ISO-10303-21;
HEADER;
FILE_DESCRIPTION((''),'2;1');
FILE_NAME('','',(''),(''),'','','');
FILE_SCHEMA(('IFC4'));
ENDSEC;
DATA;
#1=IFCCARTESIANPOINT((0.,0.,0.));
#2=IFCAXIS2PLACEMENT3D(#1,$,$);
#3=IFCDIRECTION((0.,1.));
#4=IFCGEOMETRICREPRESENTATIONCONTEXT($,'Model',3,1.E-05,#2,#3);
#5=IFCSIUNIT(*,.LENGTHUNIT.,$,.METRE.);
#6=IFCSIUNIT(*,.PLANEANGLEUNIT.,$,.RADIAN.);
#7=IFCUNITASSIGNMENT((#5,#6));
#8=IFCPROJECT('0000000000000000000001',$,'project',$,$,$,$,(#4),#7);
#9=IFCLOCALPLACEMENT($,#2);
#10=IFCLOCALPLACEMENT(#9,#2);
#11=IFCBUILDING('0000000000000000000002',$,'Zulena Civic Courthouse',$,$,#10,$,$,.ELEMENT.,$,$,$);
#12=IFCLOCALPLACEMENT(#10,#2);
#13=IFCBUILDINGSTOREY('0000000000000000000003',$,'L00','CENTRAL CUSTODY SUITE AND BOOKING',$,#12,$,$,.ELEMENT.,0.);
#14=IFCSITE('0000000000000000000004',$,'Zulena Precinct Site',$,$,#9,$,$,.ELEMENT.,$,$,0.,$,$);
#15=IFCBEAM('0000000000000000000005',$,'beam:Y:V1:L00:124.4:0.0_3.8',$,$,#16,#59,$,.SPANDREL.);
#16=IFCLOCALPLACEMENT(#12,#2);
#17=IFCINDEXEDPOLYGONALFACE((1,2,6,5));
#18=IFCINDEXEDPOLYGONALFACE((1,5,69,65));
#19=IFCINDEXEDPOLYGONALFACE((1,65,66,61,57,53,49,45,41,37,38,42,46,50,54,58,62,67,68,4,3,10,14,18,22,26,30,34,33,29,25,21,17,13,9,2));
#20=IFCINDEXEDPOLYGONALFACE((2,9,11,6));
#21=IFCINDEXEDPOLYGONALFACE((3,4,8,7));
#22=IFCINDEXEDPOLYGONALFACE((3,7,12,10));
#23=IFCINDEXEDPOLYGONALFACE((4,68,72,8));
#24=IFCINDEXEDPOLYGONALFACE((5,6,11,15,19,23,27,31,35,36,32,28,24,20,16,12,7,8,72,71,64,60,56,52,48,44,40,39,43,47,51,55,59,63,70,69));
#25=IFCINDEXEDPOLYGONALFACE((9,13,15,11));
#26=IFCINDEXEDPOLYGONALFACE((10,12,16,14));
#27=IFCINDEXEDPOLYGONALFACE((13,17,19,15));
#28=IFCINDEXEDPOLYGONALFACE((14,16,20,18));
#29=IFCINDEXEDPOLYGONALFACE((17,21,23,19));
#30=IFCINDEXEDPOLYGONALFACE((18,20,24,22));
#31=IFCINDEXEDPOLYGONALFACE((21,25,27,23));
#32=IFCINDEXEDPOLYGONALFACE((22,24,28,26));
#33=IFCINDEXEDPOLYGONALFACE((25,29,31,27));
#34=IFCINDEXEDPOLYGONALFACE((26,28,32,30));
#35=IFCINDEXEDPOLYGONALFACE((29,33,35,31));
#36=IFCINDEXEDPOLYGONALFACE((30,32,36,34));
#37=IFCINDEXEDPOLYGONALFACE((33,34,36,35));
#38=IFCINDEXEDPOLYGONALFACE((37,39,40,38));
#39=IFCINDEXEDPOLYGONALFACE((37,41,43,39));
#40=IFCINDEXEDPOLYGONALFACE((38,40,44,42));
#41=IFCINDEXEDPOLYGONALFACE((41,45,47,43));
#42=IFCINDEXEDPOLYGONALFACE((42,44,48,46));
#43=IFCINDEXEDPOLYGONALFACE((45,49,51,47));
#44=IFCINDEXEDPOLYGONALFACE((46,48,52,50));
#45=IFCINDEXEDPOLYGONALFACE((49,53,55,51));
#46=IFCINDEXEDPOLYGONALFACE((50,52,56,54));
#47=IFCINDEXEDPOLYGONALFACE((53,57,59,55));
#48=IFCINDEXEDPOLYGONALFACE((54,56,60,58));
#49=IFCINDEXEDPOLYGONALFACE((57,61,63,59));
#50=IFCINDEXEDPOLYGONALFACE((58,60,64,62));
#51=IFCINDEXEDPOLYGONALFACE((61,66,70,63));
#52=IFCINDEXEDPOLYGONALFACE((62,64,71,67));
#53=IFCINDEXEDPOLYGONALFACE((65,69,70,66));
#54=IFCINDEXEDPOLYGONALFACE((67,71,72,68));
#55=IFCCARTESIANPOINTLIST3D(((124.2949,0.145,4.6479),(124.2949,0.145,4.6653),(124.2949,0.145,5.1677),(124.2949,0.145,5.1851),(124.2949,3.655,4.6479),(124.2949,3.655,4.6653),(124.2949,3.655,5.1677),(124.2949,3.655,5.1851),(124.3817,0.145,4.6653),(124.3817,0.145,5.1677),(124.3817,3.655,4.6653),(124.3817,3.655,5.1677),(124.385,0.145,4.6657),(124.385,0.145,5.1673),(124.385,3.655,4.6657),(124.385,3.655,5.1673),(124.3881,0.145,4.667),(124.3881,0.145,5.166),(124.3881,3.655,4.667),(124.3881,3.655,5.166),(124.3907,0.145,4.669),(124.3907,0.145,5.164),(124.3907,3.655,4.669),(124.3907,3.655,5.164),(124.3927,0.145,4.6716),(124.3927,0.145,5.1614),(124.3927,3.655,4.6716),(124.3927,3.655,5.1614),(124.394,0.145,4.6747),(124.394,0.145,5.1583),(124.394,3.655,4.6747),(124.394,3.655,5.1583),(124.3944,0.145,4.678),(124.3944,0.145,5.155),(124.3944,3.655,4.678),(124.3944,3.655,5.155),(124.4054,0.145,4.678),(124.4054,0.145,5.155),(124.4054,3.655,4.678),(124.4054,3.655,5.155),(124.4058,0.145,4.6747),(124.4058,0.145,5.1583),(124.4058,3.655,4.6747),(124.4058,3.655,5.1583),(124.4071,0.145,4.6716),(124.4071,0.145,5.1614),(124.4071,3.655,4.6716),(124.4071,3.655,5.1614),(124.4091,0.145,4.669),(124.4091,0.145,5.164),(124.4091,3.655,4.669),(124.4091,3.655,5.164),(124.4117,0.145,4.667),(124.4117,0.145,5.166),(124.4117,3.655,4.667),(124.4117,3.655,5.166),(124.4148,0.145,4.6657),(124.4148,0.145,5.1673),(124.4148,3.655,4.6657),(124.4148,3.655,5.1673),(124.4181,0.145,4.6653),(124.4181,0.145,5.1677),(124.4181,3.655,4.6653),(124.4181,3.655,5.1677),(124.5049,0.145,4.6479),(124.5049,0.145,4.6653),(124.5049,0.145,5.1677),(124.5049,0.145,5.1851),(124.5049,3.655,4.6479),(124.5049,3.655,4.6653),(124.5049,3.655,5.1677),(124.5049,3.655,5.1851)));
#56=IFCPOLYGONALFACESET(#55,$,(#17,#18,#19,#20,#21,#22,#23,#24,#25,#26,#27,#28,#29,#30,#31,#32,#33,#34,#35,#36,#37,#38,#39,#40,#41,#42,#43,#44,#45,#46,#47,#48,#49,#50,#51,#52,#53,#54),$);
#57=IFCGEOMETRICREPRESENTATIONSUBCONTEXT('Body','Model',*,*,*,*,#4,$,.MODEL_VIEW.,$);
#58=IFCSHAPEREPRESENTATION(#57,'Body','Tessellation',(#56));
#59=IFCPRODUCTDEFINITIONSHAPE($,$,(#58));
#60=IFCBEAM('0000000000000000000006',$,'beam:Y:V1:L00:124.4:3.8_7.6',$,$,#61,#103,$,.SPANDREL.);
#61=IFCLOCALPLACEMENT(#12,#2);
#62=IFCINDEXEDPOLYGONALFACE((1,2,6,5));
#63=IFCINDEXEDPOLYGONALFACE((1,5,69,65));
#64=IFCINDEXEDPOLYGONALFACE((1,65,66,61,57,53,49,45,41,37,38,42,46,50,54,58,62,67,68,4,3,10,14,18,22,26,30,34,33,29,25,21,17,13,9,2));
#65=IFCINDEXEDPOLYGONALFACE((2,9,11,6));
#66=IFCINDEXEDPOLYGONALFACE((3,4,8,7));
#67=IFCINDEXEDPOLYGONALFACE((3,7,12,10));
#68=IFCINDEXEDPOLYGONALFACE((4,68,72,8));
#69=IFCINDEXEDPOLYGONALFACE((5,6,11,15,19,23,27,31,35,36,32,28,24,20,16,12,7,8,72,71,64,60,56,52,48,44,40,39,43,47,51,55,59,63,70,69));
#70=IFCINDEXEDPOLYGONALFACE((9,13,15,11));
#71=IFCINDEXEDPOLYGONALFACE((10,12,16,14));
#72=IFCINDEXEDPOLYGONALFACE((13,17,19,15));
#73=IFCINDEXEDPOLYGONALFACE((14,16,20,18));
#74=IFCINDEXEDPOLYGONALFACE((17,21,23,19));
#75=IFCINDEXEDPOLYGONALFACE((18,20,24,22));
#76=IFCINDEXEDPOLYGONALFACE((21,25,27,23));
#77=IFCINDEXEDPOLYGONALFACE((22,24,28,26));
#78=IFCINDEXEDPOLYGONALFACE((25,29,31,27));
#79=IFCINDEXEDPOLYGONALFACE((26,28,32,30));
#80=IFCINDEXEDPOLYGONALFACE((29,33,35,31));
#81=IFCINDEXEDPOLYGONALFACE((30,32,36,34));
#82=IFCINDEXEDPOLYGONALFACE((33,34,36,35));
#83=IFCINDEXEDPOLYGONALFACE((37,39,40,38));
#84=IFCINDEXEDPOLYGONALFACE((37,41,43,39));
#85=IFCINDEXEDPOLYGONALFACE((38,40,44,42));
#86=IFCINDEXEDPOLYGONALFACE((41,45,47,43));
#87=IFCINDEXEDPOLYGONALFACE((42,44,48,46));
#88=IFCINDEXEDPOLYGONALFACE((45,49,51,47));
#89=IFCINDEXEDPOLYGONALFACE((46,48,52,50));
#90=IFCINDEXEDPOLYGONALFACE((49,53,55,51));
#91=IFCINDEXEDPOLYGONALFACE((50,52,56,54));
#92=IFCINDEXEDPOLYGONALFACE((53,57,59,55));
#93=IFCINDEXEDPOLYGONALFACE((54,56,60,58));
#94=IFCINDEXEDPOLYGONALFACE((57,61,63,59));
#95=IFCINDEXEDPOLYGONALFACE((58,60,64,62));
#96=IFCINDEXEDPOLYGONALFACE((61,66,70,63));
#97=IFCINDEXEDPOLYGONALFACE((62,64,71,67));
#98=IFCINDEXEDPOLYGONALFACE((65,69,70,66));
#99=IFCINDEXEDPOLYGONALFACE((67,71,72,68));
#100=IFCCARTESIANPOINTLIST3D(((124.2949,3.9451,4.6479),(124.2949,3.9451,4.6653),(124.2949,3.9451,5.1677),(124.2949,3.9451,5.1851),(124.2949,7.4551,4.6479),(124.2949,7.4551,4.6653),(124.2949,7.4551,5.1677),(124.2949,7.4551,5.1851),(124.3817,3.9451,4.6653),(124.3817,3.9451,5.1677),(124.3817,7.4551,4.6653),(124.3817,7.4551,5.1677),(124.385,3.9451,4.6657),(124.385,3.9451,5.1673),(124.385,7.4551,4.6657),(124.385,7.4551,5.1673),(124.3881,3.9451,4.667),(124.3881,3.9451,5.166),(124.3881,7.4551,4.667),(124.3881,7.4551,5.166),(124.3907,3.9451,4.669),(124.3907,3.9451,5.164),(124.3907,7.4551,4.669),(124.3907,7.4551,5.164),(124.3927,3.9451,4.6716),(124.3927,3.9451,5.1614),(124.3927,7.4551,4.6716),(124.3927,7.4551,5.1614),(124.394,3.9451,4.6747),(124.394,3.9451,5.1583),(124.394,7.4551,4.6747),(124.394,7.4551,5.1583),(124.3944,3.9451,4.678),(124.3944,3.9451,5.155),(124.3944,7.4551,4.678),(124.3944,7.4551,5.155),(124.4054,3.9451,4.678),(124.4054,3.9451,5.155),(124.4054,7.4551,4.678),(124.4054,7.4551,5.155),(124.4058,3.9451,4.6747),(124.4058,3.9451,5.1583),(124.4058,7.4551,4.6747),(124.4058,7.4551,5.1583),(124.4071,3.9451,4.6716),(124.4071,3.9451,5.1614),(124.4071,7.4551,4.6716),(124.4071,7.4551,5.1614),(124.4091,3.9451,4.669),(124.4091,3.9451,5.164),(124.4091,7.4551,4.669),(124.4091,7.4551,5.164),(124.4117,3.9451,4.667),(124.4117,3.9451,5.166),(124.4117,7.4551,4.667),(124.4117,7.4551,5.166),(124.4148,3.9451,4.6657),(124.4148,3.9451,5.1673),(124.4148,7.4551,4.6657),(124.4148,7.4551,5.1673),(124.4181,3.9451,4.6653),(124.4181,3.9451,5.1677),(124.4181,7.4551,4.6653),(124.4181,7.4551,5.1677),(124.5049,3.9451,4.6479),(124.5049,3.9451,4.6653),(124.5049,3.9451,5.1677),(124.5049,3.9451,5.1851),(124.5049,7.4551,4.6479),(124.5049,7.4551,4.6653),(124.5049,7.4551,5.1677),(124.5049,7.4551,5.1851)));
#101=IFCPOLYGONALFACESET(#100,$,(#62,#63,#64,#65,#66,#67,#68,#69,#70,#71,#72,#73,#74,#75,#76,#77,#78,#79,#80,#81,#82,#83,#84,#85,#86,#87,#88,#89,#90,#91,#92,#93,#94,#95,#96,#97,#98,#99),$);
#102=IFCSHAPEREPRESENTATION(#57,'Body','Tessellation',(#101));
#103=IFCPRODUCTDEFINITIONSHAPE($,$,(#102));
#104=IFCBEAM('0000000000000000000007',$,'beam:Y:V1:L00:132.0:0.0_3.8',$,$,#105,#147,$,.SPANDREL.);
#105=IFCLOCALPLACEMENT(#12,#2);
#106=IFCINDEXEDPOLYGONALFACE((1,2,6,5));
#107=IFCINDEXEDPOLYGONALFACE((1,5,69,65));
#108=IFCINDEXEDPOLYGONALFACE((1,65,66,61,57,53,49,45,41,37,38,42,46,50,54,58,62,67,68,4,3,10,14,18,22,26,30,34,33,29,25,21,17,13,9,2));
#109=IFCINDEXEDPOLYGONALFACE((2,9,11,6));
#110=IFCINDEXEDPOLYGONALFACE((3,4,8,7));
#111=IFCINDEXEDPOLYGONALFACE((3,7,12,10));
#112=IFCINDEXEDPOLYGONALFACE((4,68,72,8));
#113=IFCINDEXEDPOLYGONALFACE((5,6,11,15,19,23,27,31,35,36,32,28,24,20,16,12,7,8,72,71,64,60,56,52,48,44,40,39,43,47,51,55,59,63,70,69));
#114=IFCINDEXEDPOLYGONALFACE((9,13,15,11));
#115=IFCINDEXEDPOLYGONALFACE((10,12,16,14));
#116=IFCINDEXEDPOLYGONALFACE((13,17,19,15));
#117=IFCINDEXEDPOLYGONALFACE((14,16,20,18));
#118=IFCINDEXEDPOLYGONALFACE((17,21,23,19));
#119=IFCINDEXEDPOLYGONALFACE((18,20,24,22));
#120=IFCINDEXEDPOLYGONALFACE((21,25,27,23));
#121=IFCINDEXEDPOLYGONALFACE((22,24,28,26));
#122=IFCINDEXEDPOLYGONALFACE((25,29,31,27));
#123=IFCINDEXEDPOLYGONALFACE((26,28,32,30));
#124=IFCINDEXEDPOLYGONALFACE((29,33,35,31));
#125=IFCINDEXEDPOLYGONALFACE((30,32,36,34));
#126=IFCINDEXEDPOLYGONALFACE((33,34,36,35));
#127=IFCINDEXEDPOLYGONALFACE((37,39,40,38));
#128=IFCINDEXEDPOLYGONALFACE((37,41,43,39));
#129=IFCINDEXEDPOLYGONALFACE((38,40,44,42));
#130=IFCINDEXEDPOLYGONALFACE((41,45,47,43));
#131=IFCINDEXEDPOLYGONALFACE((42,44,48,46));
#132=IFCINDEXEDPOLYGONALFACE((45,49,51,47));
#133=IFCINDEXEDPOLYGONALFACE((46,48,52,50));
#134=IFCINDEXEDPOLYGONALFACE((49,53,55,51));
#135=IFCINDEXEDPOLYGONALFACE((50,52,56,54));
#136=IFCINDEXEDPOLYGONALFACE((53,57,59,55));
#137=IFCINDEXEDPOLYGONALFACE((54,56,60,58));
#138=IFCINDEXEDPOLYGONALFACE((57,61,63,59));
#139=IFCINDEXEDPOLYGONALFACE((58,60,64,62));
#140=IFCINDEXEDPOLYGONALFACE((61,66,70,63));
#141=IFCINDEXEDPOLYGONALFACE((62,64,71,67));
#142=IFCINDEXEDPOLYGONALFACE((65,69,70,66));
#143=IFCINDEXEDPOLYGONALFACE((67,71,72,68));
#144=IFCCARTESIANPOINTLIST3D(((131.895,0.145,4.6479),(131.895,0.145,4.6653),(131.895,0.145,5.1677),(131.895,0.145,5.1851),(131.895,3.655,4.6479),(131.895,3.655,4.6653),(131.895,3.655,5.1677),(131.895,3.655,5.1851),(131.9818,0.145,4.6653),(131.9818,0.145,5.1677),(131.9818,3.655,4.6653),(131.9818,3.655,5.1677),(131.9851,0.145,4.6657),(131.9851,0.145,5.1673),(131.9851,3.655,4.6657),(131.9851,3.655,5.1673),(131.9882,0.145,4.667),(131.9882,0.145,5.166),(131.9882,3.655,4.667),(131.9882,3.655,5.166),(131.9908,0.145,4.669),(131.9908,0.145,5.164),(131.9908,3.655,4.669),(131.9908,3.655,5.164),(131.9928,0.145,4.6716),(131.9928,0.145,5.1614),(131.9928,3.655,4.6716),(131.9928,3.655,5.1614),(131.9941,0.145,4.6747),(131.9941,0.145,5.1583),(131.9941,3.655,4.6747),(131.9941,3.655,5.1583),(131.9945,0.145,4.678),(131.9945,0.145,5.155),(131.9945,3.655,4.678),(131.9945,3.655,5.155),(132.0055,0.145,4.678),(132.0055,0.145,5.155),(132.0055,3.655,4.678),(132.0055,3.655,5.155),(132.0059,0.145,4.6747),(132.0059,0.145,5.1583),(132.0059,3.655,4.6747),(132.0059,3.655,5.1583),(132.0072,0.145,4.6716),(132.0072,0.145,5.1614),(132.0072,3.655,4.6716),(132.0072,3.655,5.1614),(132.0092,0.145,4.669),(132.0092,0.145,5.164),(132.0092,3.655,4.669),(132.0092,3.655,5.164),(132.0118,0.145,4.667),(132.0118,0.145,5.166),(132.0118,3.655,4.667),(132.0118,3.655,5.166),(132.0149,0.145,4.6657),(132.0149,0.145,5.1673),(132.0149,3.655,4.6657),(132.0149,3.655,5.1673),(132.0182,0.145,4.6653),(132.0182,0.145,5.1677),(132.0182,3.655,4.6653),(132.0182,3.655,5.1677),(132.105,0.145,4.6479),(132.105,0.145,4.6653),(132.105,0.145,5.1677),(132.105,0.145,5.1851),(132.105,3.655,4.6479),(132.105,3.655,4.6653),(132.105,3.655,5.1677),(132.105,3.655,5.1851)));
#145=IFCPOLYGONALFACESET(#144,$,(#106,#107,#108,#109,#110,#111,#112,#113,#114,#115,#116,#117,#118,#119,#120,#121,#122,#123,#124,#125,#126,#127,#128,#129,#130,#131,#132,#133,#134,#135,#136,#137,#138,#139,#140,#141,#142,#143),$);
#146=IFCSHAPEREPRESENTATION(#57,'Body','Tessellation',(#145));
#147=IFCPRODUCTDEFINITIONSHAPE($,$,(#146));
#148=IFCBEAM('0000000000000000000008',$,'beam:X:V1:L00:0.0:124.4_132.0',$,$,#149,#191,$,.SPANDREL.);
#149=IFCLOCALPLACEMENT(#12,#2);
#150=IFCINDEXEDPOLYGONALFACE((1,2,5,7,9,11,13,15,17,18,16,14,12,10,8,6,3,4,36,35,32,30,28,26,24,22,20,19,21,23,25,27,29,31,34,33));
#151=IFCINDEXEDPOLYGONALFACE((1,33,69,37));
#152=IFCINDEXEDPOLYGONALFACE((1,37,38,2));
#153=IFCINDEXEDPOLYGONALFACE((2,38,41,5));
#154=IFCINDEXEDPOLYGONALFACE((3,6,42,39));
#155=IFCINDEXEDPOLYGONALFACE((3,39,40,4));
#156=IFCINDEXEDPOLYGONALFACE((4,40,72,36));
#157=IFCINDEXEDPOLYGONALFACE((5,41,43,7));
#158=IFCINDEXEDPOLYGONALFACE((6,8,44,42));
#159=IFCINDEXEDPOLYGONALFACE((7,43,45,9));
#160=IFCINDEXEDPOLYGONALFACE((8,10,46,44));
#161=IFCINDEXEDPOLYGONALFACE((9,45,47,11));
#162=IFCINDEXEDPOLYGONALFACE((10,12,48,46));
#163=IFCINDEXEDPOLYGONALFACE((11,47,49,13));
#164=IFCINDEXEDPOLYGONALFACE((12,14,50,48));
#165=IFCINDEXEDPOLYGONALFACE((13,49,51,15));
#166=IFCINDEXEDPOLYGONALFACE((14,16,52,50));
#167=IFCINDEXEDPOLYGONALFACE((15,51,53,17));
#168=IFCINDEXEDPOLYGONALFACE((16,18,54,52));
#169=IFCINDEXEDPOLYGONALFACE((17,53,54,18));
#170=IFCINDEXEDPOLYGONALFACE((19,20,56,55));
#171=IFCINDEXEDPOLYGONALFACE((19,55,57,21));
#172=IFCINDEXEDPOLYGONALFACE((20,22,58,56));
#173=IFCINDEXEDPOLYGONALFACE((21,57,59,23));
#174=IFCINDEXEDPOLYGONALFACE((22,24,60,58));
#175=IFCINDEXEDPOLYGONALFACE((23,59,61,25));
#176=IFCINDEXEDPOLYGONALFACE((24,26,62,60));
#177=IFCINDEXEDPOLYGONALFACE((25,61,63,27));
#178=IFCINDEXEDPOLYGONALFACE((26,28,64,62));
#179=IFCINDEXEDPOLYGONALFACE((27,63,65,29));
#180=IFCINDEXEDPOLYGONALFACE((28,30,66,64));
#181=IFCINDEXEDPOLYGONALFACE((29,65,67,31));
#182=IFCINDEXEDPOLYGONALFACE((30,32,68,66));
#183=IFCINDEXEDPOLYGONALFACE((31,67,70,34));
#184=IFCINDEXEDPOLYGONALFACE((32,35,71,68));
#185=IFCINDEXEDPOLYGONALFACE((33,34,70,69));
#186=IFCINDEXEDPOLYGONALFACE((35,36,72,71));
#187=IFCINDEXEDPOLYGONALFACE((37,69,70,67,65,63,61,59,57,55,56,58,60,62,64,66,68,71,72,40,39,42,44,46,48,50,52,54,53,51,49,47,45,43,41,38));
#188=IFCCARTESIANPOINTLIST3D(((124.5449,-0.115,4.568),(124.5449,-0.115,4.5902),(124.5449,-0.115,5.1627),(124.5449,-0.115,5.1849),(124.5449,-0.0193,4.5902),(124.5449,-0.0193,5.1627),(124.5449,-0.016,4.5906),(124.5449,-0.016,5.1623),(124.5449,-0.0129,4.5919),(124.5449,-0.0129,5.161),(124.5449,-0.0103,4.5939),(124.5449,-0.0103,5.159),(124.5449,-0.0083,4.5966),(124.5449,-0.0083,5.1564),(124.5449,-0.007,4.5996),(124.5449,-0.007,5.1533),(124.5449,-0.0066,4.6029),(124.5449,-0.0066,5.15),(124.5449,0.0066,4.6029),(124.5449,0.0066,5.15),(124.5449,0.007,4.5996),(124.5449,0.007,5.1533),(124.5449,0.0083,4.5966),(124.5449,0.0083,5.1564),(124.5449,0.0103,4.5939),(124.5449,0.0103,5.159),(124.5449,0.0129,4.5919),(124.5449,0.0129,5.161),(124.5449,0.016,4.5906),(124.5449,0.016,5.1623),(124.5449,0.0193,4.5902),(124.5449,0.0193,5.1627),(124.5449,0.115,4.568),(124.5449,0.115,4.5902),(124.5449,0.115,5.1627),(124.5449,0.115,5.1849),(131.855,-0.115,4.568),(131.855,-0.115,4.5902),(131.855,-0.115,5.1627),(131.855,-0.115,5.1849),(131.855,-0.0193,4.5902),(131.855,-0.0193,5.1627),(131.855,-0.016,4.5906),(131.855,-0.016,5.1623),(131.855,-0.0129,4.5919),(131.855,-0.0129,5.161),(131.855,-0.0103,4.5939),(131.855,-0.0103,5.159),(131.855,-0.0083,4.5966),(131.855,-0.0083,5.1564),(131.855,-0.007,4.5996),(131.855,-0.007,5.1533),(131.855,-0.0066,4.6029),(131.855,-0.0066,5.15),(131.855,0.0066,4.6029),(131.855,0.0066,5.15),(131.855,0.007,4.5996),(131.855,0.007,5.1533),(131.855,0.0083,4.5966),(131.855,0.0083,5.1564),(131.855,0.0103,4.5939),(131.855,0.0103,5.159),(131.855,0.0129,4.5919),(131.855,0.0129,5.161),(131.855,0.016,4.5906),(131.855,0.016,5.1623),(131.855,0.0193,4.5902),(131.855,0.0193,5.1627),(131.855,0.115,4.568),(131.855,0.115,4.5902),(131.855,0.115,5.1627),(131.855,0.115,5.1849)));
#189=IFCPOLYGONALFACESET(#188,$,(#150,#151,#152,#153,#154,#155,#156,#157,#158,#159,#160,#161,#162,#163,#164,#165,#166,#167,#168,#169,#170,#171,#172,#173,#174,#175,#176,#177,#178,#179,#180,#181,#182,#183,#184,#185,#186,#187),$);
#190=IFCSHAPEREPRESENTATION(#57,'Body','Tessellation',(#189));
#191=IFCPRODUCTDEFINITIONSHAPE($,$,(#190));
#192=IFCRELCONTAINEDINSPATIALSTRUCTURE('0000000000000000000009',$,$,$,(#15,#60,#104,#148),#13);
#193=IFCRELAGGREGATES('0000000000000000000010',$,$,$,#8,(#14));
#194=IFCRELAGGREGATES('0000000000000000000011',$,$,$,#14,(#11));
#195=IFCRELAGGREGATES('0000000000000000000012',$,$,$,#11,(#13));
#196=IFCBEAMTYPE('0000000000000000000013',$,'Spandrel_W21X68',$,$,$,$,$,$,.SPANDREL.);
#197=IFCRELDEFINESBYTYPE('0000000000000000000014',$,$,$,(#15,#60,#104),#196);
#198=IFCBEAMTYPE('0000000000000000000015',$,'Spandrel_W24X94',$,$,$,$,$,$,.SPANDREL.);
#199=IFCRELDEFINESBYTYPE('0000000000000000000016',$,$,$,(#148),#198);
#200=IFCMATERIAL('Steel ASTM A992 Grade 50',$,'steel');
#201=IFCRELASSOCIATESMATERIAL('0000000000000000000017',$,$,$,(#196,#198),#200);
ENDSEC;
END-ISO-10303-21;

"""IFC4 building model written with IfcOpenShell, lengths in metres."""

from ifc_helpers import new_model, si_unit, direction, frame, origin, origin_2d, place, context, subcontext, project, spatial, i_section, extrude, material, material_profile, profile_set, type_object, element, save


model = new_model("IFC4")

# Units and contexts
model_context = context("Model", 3, precision=1e-05, world=origin(), true_north=direction((0.0, 1.0)))
body_context = subcontext(model_context, "Body", "Model", "MODEL_VIEW")
ifc_project = project(units=[si_unit("LENGTHUNIT", "METRE"), si_unit("PLANEANGLEUNIT", "RADIAN")], contexts=[model_context])

# Site, building, storey
site_placement = place(None, origin())
site = spatial("IfcSite", under=ifc_project, at=site_placement, Name="Zulena Precinct Site", CompositionType="ELEMENT", RefElevation=0.0)
building_placement = place(site_placement, origin())
building = spatial("IfcBuilding", under=site, at=building_placement, Name="Zulena Civic Courthouse", CompositionType="ELEMENT")
storey_placement = place(building_placement, origin())
storey = spatial("IfcBuildingStorey", under=building, at=storey_placement, Name="L00", Description="CENTRAL CUSTODY SUITE AND BOOKING", CompositionType="ELEMENT", Elevation=0.0)

# Shared definitions
ifc_material_1 = material(Name="Steel ASTM A992 Grade 50", Category="steel")

# Beams
ifc_material_profile_1 = material_profile(ifc_material_1, i_section(OverallWidth=0.21, OverallDepth=0.5371, WebThickness=0.011, FlangeThickness=0.0173, FilletRadius=0.0127, at=origin_2d()), Name="W21X68")
ifc_profile_set_1 = profile_set([ifc_material_profile_1], Name="Steel ASTM A992 Grade 50")
beam_type_1 = type_object("IfcBeamType", Name="Spandrel_W21X68", PredefinedType="SPANDREL", material=ifc_profile_set_1)
for number, where, z_axis, x_axis, name in (
    (1, (124.3999, 0.145, 4.9165), (0.0, 1.0, 0.0), (-1.0, 0.0, 0.0), "beam:Y:V1:L00:124.4:0.0_3.8"),
    (2, (124.3999, 3.9451, 4.9165), (0.0, 1.0, 0.0), (-1.0, 0.0, 0.0), "beam:Y:V1:L00:124.4:3.8_7.6"),
    (3, (132.0, 0.145, 4.9165), (0.0, 1.0, 0.0), (-1.0, 0.0, 0.0), "beam:Y:V1:L00:132.0:0.0_3.8"),
):
    element("IfcBeam", number, at=place(storey_placement, frame(where, z_axis=z_axis, x_axis=x_axis)), inside=storey, type_object=beam_type_1, Name=name, PredefinedType="SPANDREL", context=body_context, shape_type="SweptSolid", body=[
        extrude(i_section(OverallWidth=0.21, OverallDepth=0.5371, WebThickness=0.011, FlangeThickness=0.0173, FilletRadius=0.0127, at=origin_2d()), origin(), (0.0, 0.0, 1.0), 3.51),
    ])
ifc_material_profile_2 = material_profile(ifc_material_1, i_section(OverallWidth=0.23, OverallDepth=0.6169, WebThickness=0.0132, FlangeThickness=0.0222, FilletRadius=0.0127, at=origin_2d()), Name="W24X94")
ifc_profile_set_2 = profile_set([ifc_material_profile_2], Name="Steel ASTM A992 Grade 50")
beam_type_2 = type_object("IfcBeamType", Name="Spandrel_W24X94", PredefinedType="SPANDREL", material=ifc_profile_set_2)
beam_1_placement = place(storey_placement, frame((124.5449, 0.0, 4.8765), z_axis=(1.0, 0.0, 0.0), x_axis=(0.0, 1.0, 0.0)))
element("IfcBeam", 4, at=beam_1_placement, inside=storey, type_object=beam_type_2, Name="beam:X:V1:L00:0.0:124.4_132.0", PredefinedType="SPANDREL", context=body_context, shape_type="SweptSolid", body=[
    extrude(i_section(OverallWidth=0.23, OverallDepth=0.6169, WebThickness=0.0132, FlangeThickness=0.0222, FilletRadius=0.0127, at=origin_2d()), origin(), (0.0, 0.0, 1.0), 7.3101),
])

save(model, "model.ifc")
